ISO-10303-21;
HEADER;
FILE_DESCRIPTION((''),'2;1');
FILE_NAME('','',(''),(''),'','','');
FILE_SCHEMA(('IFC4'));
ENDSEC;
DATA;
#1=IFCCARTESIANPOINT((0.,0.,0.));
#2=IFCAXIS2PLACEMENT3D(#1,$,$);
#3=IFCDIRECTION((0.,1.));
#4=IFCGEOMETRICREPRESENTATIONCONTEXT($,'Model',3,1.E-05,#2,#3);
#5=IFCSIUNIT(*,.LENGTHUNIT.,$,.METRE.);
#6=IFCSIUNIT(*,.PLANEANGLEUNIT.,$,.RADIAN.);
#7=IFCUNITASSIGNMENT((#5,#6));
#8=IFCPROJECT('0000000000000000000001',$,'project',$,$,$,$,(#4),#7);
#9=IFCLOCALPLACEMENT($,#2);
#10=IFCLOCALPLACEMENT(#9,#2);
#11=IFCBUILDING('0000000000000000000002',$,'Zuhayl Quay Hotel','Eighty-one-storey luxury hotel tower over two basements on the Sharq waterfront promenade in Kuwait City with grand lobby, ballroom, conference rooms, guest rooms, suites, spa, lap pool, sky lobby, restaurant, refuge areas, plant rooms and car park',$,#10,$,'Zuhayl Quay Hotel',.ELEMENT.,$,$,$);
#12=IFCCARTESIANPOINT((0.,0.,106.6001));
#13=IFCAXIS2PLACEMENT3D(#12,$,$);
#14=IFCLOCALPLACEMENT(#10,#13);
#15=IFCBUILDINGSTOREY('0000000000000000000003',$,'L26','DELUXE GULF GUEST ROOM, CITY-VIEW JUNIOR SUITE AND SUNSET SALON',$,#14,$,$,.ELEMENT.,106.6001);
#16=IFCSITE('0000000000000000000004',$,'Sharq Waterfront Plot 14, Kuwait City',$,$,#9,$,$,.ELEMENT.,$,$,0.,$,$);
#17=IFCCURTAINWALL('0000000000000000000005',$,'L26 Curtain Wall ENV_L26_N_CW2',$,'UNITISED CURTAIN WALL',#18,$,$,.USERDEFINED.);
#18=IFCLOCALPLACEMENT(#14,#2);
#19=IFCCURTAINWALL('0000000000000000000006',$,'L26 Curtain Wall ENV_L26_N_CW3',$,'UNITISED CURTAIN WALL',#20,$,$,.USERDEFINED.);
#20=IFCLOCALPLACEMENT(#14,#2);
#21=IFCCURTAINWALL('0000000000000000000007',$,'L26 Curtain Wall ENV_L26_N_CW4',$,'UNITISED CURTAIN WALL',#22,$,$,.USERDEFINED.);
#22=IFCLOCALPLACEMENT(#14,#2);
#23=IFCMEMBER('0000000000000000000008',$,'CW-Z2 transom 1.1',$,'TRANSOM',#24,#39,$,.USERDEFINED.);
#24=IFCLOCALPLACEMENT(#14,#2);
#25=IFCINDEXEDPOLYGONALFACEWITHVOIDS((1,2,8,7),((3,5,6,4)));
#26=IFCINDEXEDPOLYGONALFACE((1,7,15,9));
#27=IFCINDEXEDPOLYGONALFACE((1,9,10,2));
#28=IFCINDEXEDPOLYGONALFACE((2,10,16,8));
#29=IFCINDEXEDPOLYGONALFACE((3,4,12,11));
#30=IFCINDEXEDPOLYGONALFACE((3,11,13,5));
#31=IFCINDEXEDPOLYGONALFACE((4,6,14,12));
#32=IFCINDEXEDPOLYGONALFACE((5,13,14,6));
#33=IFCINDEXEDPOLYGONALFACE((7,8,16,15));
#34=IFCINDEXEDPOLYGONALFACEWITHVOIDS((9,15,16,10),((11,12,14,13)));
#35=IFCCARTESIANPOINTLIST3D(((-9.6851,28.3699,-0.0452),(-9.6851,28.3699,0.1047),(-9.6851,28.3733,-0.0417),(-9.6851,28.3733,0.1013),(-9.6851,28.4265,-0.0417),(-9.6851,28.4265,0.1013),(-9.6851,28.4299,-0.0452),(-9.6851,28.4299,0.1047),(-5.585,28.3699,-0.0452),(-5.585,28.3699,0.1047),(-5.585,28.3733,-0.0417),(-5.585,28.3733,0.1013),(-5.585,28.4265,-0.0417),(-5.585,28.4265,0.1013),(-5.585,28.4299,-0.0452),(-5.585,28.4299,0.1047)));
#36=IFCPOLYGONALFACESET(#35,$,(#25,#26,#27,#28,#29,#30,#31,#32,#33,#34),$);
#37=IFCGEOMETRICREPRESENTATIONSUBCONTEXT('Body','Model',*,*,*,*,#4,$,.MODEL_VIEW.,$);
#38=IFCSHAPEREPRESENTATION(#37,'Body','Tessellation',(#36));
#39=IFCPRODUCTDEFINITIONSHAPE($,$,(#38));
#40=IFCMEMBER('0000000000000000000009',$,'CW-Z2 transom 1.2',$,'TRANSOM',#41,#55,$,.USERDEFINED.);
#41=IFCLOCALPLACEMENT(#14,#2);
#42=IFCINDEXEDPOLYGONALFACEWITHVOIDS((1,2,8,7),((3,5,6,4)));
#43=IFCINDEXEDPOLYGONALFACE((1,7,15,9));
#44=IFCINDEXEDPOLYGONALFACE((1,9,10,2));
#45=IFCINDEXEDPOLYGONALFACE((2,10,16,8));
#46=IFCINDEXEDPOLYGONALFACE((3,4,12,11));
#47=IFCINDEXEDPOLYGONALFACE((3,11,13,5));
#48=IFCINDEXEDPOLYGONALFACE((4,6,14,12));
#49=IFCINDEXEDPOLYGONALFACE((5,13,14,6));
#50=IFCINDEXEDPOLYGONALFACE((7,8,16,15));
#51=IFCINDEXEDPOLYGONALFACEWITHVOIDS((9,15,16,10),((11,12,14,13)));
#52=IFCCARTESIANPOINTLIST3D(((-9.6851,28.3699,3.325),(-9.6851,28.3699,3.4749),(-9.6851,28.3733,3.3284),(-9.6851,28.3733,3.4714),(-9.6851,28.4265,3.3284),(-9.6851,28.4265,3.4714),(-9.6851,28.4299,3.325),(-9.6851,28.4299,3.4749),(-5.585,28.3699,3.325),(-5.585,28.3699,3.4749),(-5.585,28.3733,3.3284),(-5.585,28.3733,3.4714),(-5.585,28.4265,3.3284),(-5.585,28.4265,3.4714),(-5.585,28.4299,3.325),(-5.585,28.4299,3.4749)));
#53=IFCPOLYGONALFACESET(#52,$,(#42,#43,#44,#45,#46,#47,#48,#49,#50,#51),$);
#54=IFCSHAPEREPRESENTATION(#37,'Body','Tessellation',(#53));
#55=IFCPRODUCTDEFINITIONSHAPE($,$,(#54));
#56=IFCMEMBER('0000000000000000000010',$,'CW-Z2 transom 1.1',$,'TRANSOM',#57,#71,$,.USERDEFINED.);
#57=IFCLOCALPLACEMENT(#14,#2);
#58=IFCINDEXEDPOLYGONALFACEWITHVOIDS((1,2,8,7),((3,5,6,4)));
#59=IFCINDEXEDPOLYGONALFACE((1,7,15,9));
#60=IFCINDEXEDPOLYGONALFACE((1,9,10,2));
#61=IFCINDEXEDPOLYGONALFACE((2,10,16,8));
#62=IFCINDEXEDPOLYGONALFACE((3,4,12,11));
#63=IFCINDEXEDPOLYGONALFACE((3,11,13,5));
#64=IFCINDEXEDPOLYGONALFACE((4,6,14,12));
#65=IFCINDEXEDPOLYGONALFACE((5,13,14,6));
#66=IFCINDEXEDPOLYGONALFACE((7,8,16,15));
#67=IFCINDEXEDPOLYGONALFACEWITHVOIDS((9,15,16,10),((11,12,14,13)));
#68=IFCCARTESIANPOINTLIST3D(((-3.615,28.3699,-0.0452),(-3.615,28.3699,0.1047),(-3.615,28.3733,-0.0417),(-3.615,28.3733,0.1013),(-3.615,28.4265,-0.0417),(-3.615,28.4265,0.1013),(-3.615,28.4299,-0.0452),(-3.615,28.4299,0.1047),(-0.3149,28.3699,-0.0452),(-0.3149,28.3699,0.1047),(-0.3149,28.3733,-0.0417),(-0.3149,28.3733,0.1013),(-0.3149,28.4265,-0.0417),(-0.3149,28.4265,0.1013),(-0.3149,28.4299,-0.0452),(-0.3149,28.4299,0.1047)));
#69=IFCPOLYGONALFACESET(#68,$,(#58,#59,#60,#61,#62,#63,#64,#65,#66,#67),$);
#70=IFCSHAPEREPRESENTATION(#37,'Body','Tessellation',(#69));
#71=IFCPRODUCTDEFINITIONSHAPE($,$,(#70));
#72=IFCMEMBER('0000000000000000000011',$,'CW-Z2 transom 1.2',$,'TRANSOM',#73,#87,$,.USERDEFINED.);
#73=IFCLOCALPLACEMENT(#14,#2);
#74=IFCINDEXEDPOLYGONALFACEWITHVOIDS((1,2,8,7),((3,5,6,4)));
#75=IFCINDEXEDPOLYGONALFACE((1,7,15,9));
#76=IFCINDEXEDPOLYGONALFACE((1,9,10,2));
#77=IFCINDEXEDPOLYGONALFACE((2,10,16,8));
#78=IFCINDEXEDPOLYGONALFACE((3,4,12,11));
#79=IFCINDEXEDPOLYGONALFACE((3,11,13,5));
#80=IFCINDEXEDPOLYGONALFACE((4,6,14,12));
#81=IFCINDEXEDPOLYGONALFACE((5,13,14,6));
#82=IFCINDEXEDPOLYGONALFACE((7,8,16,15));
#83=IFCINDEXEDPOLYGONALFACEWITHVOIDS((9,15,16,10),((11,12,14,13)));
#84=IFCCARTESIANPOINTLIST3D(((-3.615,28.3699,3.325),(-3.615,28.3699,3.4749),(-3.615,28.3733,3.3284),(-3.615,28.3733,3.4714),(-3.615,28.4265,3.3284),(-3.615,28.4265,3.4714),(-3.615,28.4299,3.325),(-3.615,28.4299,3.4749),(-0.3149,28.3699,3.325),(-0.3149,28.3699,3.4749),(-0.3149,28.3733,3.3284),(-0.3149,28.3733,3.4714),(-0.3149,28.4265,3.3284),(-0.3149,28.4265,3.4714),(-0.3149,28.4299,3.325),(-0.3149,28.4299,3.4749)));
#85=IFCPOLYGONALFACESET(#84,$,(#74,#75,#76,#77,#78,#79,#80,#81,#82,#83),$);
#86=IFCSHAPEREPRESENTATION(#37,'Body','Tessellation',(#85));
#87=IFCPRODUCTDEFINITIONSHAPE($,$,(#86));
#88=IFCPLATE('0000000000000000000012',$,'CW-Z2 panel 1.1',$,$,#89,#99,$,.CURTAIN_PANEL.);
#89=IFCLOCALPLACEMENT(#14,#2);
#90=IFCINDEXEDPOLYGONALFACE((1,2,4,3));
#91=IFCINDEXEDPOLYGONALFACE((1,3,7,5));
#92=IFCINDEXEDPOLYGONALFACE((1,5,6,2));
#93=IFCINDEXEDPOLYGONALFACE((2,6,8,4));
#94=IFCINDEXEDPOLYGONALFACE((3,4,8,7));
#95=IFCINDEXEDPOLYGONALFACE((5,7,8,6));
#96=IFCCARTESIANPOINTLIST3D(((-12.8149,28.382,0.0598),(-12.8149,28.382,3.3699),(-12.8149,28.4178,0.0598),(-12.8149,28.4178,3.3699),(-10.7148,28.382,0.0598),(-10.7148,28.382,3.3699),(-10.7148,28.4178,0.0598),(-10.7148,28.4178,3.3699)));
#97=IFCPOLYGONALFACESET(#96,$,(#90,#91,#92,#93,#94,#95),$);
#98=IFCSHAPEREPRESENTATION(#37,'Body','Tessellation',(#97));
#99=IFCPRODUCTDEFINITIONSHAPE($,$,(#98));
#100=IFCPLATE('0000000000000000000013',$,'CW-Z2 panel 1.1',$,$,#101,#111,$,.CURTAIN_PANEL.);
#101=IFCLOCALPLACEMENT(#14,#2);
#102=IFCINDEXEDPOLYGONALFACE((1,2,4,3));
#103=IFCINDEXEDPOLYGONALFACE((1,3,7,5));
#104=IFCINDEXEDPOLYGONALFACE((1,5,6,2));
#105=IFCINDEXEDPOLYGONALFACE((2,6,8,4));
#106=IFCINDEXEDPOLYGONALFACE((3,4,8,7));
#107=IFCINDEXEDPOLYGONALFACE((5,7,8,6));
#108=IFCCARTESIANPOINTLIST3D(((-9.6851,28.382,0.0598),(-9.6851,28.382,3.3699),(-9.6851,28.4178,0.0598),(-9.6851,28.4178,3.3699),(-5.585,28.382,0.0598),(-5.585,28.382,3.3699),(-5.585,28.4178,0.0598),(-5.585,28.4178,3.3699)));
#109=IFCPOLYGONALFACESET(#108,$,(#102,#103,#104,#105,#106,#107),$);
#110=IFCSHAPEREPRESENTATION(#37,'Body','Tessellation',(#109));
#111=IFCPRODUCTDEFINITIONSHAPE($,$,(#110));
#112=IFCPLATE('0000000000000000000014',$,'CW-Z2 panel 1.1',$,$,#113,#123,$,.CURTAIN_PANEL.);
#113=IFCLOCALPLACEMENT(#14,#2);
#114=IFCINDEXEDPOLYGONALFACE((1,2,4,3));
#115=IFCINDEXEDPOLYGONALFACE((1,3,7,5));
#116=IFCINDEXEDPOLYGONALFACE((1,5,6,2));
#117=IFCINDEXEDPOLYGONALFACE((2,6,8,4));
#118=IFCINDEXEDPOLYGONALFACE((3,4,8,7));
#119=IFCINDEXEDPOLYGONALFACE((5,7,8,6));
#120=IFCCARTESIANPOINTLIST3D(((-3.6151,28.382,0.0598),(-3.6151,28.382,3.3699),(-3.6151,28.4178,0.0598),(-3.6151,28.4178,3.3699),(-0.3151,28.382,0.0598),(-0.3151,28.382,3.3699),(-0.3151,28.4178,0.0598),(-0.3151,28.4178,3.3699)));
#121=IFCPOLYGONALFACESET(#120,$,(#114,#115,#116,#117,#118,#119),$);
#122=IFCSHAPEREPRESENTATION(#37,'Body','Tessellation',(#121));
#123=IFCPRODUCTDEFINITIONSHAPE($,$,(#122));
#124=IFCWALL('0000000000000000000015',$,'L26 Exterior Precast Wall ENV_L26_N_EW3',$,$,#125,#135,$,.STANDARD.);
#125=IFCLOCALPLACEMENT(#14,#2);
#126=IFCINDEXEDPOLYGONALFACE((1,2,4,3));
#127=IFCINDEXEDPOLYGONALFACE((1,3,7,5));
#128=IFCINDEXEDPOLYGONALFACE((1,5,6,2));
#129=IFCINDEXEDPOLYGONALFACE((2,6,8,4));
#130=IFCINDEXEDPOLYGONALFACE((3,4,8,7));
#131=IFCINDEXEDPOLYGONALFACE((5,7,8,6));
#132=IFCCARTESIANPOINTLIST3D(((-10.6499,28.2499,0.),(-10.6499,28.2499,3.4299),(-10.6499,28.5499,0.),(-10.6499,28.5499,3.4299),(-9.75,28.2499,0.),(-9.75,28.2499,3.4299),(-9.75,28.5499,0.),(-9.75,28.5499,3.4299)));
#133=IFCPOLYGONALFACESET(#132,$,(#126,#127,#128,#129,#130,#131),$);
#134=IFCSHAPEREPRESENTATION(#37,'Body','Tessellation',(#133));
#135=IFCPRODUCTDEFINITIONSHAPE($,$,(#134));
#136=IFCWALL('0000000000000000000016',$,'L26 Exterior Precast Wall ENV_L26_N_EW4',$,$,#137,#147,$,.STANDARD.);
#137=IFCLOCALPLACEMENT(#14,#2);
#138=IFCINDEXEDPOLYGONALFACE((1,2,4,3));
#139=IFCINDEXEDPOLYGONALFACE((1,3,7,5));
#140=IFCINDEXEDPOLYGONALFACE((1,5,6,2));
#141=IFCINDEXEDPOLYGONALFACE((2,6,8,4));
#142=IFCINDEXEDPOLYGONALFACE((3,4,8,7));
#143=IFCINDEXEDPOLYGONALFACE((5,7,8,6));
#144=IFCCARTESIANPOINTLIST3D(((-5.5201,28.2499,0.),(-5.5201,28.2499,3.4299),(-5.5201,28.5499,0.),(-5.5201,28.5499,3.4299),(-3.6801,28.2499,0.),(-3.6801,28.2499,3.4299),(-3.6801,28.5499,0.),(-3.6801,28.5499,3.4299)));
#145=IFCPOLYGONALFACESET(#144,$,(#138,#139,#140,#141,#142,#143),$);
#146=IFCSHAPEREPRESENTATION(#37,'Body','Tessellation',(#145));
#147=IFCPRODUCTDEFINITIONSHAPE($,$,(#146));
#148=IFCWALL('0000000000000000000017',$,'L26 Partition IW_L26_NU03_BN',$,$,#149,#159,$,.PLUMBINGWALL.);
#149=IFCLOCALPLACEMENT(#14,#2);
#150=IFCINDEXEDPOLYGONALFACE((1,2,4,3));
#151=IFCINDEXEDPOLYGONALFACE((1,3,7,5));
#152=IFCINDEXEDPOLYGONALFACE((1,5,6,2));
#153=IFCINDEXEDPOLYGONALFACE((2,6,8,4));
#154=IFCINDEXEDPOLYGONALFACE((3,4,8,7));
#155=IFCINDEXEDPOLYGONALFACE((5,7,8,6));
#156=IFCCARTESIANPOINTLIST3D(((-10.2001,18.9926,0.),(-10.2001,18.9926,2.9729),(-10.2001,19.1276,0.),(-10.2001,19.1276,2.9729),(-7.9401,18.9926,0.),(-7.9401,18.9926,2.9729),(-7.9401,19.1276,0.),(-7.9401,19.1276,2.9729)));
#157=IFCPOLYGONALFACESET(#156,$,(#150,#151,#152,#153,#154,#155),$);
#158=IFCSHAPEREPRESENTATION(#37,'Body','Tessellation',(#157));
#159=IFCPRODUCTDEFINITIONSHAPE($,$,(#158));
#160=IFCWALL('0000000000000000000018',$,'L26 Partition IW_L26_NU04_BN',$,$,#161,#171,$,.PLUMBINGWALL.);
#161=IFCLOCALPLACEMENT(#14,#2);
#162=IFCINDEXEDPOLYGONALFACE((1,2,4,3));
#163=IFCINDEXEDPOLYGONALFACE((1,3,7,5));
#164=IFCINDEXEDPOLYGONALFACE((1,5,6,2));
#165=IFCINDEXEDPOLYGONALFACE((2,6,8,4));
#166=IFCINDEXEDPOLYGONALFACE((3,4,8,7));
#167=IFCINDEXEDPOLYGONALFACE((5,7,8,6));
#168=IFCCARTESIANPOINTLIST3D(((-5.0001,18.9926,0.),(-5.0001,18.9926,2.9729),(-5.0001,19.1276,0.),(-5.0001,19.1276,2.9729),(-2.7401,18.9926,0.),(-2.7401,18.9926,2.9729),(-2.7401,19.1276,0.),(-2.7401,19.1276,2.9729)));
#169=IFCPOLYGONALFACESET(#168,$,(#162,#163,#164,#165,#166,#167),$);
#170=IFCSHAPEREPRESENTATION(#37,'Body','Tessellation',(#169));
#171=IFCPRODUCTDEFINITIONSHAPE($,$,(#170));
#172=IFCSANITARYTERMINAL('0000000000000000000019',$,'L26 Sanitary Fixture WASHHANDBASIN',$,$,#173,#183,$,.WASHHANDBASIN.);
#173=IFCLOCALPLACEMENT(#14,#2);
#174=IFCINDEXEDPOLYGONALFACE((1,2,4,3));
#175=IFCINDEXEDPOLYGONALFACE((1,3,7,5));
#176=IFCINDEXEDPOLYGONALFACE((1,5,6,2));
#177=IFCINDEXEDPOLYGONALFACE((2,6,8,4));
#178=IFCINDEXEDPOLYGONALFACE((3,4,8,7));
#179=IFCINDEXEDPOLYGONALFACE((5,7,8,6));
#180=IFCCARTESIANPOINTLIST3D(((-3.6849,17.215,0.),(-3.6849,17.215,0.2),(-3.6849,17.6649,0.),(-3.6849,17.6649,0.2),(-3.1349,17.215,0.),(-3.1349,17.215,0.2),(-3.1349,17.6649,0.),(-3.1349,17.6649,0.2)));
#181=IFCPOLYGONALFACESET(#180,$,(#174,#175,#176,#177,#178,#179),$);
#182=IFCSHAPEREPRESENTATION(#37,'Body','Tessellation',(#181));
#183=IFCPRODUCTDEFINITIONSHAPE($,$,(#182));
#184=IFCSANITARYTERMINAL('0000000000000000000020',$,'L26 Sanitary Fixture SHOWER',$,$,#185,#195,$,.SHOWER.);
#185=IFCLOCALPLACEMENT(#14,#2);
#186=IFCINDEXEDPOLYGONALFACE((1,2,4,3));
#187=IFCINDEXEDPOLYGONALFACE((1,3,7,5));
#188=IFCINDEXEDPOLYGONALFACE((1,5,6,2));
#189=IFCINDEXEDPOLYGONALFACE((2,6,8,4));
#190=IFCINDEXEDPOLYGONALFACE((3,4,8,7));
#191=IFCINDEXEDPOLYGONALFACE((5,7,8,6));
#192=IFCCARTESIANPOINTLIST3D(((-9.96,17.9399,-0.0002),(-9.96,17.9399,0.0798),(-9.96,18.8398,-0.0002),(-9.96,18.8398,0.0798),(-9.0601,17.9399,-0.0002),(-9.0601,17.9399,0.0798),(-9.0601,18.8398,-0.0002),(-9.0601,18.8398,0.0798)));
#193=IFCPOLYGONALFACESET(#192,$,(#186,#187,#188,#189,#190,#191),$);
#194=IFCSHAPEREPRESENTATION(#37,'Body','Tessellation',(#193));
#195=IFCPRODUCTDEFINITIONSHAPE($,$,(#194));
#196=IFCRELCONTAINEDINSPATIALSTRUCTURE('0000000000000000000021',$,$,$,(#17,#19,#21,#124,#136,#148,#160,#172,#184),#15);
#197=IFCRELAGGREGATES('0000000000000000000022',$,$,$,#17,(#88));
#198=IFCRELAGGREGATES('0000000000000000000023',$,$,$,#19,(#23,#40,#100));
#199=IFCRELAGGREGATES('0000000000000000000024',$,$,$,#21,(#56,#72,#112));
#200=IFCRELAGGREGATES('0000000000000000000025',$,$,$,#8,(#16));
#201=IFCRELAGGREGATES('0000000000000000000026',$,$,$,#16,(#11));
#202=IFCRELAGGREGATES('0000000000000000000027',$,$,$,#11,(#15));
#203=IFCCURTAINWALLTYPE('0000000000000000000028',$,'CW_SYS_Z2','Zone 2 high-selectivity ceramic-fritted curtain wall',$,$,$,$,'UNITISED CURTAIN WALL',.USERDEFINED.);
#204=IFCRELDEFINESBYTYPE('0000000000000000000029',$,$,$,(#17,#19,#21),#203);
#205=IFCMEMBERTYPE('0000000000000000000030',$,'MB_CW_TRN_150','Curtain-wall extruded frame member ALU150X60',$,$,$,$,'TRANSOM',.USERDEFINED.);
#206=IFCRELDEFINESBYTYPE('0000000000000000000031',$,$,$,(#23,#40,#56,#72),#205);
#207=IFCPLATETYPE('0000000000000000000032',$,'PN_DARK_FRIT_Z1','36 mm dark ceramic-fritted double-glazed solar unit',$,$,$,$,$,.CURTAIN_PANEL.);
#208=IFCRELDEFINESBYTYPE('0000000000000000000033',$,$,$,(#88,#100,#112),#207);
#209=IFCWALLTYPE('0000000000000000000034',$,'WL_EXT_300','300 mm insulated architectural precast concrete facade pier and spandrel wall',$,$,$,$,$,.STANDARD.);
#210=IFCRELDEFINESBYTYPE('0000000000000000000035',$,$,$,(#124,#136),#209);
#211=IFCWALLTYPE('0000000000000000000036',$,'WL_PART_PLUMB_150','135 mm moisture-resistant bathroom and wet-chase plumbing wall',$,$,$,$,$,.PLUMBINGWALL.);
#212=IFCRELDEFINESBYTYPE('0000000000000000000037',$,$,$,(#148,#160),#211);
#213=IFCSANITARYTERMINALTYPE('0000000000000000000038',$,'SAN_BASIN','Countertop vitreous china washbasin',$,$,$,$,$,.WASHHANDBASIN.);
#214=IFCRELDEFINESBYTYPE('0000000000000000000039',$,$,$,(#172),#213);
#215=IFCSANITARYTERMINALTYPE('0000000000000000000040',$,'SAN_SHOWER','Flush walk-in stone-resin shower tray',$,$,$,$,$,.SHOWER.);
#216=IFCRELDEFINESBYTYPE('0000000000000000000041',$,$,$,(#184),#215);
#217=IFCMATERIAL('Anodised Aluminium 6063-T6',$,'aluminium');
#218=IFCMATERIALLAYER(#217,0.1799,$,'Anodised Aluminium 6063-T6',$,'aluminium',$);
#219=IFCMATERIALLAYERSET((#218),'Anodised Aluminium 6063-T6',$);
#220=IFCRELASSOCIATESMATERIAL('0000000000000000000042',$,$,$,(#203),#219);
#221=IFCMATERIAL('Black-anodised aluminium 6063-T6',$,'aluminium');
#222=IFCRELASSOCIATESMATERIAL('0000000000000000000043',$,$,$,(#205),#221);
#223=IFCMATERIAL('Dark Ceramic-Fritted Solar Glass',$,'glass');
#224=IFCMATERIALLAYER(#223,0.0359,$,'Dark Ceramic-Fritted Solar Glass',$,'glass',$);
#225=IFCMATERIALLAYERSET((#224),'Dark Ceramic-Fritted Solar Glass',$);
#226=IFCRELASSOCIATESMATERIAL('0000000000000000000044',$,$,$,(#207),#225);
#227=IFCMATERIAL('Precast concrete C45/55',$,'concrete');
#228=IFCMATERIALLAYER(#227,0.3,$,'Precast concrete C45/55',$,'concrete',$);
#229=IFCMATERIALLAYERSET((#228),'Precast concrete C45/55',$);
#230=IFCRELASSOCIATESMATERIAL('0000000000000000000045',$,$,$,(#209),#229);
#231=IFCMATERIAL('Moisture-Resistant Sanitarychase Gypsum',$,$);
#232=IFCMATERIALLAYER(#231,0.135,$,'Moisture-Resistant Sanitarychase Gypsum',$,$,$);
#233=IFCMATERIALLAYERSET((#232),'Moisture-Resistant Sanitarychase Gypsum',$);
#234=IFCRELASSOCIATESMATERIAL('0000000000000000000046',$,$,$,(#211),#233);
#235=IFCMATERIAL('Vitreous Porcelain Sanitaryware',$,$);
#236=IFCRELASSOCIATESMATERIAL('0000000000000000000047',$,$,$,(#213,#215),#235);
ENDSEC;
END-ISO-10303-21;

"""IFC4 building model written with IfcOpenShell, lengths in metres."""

from ifc_helpers import new_model, si_unit, direction, frame, frame_2d, origin, origin_2d, place, context, subcontext, project, spatial, rectangle, hollow_rectangle, extrude, material, layer, layer_set, material_profile, profile_set, type_object, element, aggregate, save


model = new_model("IFC4")

# Units and contexts
model_context = context("Model", 3, precision=1e-05, world=origin(), true_north=direction((0.0, 1.0)))
body_context = subcontext(model_context, "Body", "Model", "MODEL_VIEW")
ifc_project = project(units=[si_unit("LENGTHUNIT", "METRE"), si_unit("PLANEANGLEUNIT", "RADIAN")], contexts=[model_context])

# Site, building, storey
site_placement = place(None, origin())
site = spatial("IfcSite", under=ifc_project, at=site_placement, Name="Sharq Waterfront Plot 14, Kuwait City", CompositionType="ELEMENT", RefElevation=0.0)
building_placement = place(site_placement, origin())
building = spatial("IfcBuilding", under=site, at=building_placement, Name="Zuhayl Quay Hotel", Description="Eighty-one-storey luxury hotel tower over two basements on the Sharq waterfront promenade in Kuwait City with grand lobby, ballroom, conference rooms, guest rooms, suites, spa, lap pool, sky lobby, restaurant, refuge areas, plant rooms and car park", LongName="Zuhayl Quay Hotel", CompositionType="ELEMENT")
storey_placement = place(building_placement, frame((0.0, 0.0, 106.6001)))
storey = spatial("IfcBuildingStorey", under=building, at=storey_placement, Name="L26", Description="DELUXE GULF GUEST ROOM, CITY-VIEW JUNIOR SUITE AND SUNSET SALON", CompositionType="ELEMENT", Elevation=106.6001)

# Curtain wall
ifc_material_1 = material(Name="Anodised Aluminium 6063-T6", Category="aluminium")
ifc_layer_1 = layer(ifc_material_1, 0.1799, Name="Anodised Aluminium 6063-T6", Category="aluminium")
ifc_layer_set_1 = layer_set([ifc_layer_1], Name="Anodised Aluminium 6063-T6")
curtain_wall_type = type_object("IfcCurtainWallType", Name="CW_SYS_Z2", Description="Zone 2 high-selectivity ceramic-fritted curtain wall", ElementType="UNITISED CURTAIN WALL", PredefinedType="USERDEFINED", material=ifc_layer_set_1)
curtain_wall_1_placement = place(storey_placement, origin())
curtain_wall_1 = element("IfcCurtainWall", 1, at=curtain_wall_1_placement, inside=storey, type_object=curtain_wall_type, Name="L26 Curtain Wall ENV_L26_N_CW2", ObjectType="UNITISED CURTAIN WALL", PredefinedType="USERDEFINED")
ifc_material_2 = material(Name="Black-anodised aluminium 6063-T6", Category="aluminium")

# Curtain wall
curtain_wall_2_placement = place(storey_placement, origin())
curtain_wall_2 = element("IfcCurtainWall", 2, at=curtain_wall_2_placement, inside=storey, type_object=curtain_wall_type, Name="L26 Curtain Wall ENV_L26_N_CW3", ObjectType="UNITISED CURTAIN WALL", PredefinedType="USERDEFINED")

# Curtain wall
curtain_wall_3_placement = place(storey_placement, origin())
curtain_wall_3 = element("IfcCurtainWall", 3, at=curtain_wall_3_placement, inside=storey, type_object=curtain_wall_type, Name="L26 Curtain Wall ENV_L26_N_CW4", ObjectType="UNITISED CURTAIN WALL", PredefinedType="USERDEFINED")

# Members
ifc_material_profile_1 = material_profile(ifc_material_2, hollow_rectangle(XDim=0.0601, YDim=0.1499, WallThickness=0.0034, at=origin_2d()), Name="ALU150X60")
ifc_profile_set_1 = profile_set([ifc_material_profile_1], Name="Black-anodised aluminium 6063-T6")
member_type_1 = type_object("IfcMemberType", Name="MB_CW_TRN_150", Description="Curtain-wall extruded frame member ALU150X60", ElementType="TRANSOM", PredefinedType="USERDEFINED", material=ifc_profile_set_1)
member_1_placement = place(storey_placement, frame((-9.6851, 28.3999, 0.0298), z_axis=(1.0, 0.0, 0.0), x_axis=(0.0, 1.0, 0.0)))
member_1 = element("IfcMember", 4, at=member_1_placement, type_object=member_type_1, Name="CW-Z2 transom 1.1", ObjectType="TRANSOM", PredefinedType="USERDEFINED", context=body_context, shape_type="SweptSolid", body=[
    extrude(hollow_rectangle(XDim=0.0601, YDim=0.1499, WallThickness=0.0034, at=origin_2d()), origin(), (0.0, 0.0, 1.0), 4.1001),
])
member_2_placement = place(storey_placement, frame((-9.6851, 28.3999, 3.3999), z_axis=(1.0, 0.0, 0.0), x_axis=(0.0, 1.0, 0.0)))
member_2 = element("IfcMember", 5, at=member_2_placement, type_object=member_type_1, Name="CW-Z2 transom 1.2", ObjectType="TRANSOM", PredefinedType="USERDEFINED", context=body_context, shape_type="SweptSolid", body=[
    extrude(hollow_rectangle(XDim=0.0601, YDim=0.1499, WallThickness=0.0034, at=origin_2d()), origin(), (0.0, 0.0, 1.0), 4.1001),
])
member_3_placement = place(storey_placement, frame((-3.615, 28.3999, 0.0298), z_axis=(1.0, 0.0, 0.0), x_axis=(0.0, 1.0, 0.0)))
member_3 = element("IfcMember", 6, at=member_3_placement, type_object=member_type_1, Name="CW-Z2 transom 1.1", ObjectType="TRANSOM", PredefinedType="USERDEFINED", context=body_context, shape_type="SweptSolid", body=[
    extrude(hollow_rectangle(XDim=0.0601, YDim=0.1499, WallThickness=0.0034, at=origin_2d()), origin(), (0.0, 0.0, 1.0), 3.3),
])
member_4_placement = place(storey_placement, frame((-3.615, 28.3999, 3.3999), z_axis=(1.0, 0.0, 0.0), x_axis=(0.0, 1.0, 0.0)))
member_4 = element("IfcMember", 7, at=member_4_placement, type_object=member_type_1, Name="CW-Z2 transom 1.2", ObjectType="TRANSOM", PredefinedType="USERDEFINED", context=body_context, shape_type="SweptSolid", body=[
    extrude(hollow_rectangle(XDim=0.0601, YDim=0.1499, WallThickness=0.0034, at=origin_2d()), origin(), (0.0, 0.0, 1.0), 3.3),
])

# Plates
ifc_material_3 = material(Name="Dark Ceramic-Fritted Solar Glass", Category="glass")
ifc_layer_2 = layer(ifc_material_3, 0.0359, Name="Dark Ceramic-Fritted Solar Glass", Category="glass")
ifc_layer_set_2 = layer_set([ifc_layer_2], Name="Dark Ceramic-Fritted Solar Glass")
plate_type = type_object("IfcPlateType", Name="PN_DARK_FRIT_Z1", Description="36 mm dark ceramic-fritted double-glazed solar unit", PredefinedType="CURTAIN_PANEL", material=ifc_layer_set_2)
plate_1_placement = place(storey_placement, frame((-11.7649, 28.3999, 0.0598), z_axis=(0.0, 0.0, 1.0), x_axis=(1.0, 0.0, 0.0)))
plate_1 = element("IfcPlate", 8, at=plate_1_placement, type_object=plate_type, Name="CW-Z2 panel 1.1", PredefinedType="CURTAIN_PANEL", context=body_context, shape_type="SweptSolid", body=[
    extrude(rectangle(XDim=2.1001, YDim=0.0359, at=origin_2d()), origin(), (0.0, 0.0, 1.0), 3.3101),
])
aggregate(curtain_wall_1, [plate_1])
plate_2_placement = place(storey_placement, frame((-7.635, 28.3999, 0.0598), z_axis=(0.0, 0.0, 1.0), x_axis=(1.0, 0.0, 0.0)))
plate_2 = element("IfcPlate", 9, at=plate_2_placement, type_object=plate_type, Name="CW-Z2 panel 1.1", PredefinedType="CURTAIN_PANEL", context=body_context, shape_type="SweptSolid", body=[
    extrude(rectangle(XDim=4.1001, YDim=0.0359, at=origin_2d()), origin(), (0.0, 0.0, 1.0), 3.3101),
])
aggregate(curtain_wall_2, [member_1, member_2, plate_2])
plate_3_placement = place(storey_placement, frame((-1.9651, 28.3999, 0.0598), z_axis=(0.0, 0.0, 1.0), x_axis=(1.0, 0.0, 0.0)))
plate_3 = element("IfcPlate", 10, at=plate_3_placement, type_object=plate_type, Name="CW-Z2 panel 1.1", PredefinedType="CURTAIN_PANEL", context=body_context, shape_type="SweptSolid", body=[
    extrude(rectangle(XDim=3.3, YDim=0.0359, at=origin_2d()), origin(), (0.0, 0.0, 1.0), 3.3101),
])
aggregate(curtain_wall_3, [member_3, member_4, plate_3])

# Walls
ifc_material_4 = material(Name="Precast concrete C45/55", Category="concrete")
ifc_layer_3 = layer(ifc_material_4, 0.3, Name="Precast concrete C45/55", Category="concrete")
ifc_layer_set_3 = layer_set([ifc_layer_3], Name="Precast concrete C45/55")
wall_type_1 = type_object("IfcWallType", Name="WL_EXT_300", Description="300 mm insulated architectural precast concrete facade pier and spandrel wall", PredefinedType="STANDARD", material=ifc_layer_set_3)
wall_1_placement = place(storey_placement, frame((-10.6499, 28.3999, 0.0), z_axis=(0.0, 0.0, 1.0), x_axis=(1.0, 0.0, 0.0)))
element("IfcWall", 11, at=wall_1_placement, inside=storey, type_object=wall_type_1, Name="L26 Exterior Precast Wall ENV_L26_N_EW3", PredefinedType="STANDARD", context=body_context, shape_type="SweptSolid", body=[
    extrude(rectangle(XDim=0.8999, YDim=0.3, at=frame_2d((0.45, 0.0))), origin(), (0.0, 0.0, 1.0), 3.4299),
])
wall_2_placement = place(storey_placement, frame((-5.52, 28.3999, 0.0), z_axis=(0.0, 0.0, 1.0), x_axis=(1.0, 0.0, 0.0)))
element("IfcWall", 12, at=wall_2_placement, inside=storey, type_object=wall_type_1, Name="L26 Exterior Precast Wall ENV_L26_N_EW4", PredefinedType="STANDARD", context=body_context, shape_type="SweptSolid", body=[
    extrude(rectangle(XDim=1.8401, YDim=0.3, at=frame_2d((0.9199, 0.0))), origin(), (0.0, 0.0, 1.0), 3.4299),
])
ifc_material_5 = material(Name="Moisture-Resistant Sanitarychase Gypsum")
ifc_layer_4 = layer(ifc_material_5, 0.135, Name="Moisture-Resistant Sanitarychase Gypsum")
ifc_layer_set_4 = layer_set([ifc_layer_4], Name="Moisture-Resistant Sanitarychase Gypsum")
wall_type_2 = type_object("IfcWallType", Name="WL_PART_PLUMB_150", Description="135 mm moisture-resistant bathroom and wet-chase plumbing wall", PredefinedType="PLUMBINGWALL", material=ifc_layer_set_4)
for number, where, z_axis, x_axis, name in (
    (13, (-10.2, 19.0601, 0.0), (0.0, 0.0, 1.0), (1.0, 0.0, 0.0), "L26 Partition IW_L26_NU03_BN"),
    (14, (-5.0, 19.0601, 0.0), (0.0, 0.0, 1.0), (1.0, 0.0, 0.0), "L26 Partition IW_L26_NU04_BN"),
):
    element("IfcWall", number, at=place(storey_placement, frame(where, z_axis=z_axis, x_axis=x_axis)), inside=storey, type_object=wall_type_2, Name=name, PredefinedType="PLUMBINGWALL", context=body_context, shape_type="SweptSolid", body=[
        extrude(rectangle(XDim=2.26, YDim=0.135, at=frame_2d((1.1299, 0.0))), origin(), (0.0, 0.0, 1.0), 2.9729),
    ])

# Sanitary terminals
ifc_material_6 = material(Name="Vitreous Porcelain Sanitaryware")
sanitary_terminal_type_1 = type_object("IfcSanitaryTerminalType", Name="SAN_BASIN", Description="Countertop vitreous china washbasin", PredefinedType="WASHHANDBASIN", material=ifc_material_6)
sanitary_terminal_placement = place(storey_placement, frame((-3.4099, 17.4399, 0.0), z_axis=(0.0, 0.0, 1.0), x_axis=(1.0, 0.0, 0.0)))
element("IfcSanitaryTerminal", 15, at=sanitary_terminal_placement, inside=storey, type_object=sanitary_terminal_type_1, Name="L26 Sanitary Fixture WASHHANDBASIN", PredefinedType="WASHHANDBASIN", context=body_context, shape_type="SweptSolid", body=[
    extrude(rectangle(XDim=0.55, YDim=0.45, at=origin_2d()), origin(), (0.0, 0.0, 1.0), 0.2),
])
sanitary_terminal_type_2 = type_object("IfcSanitaryTerminalType", Name="SAN_SHOWER", Description="Flush walk-in stone-resin shower tray", PredefinedType="SHOWER", material=ifc_material_6)
for number, where, z_axis, x_axis, name in (
    (16, (-9.51, 18.3899, -0.0002), (0.0, 0.0, 1.0), (1.0, 0.0, 0.0), "L26 Sanitary Fixture SHOWER"),
):
    element("IfcSanitaryTerminal", number, at=place(storey_placement, frame(where, z_axis=z_axis, x_axis=x_axis)), inside=storey, type_object=sanitary_terminal_type_2, Name=name, PredefinedType="SHOWER", context=body_context, shape_type="SweptSolid", body=[
        extrude(rectangle(XDim=0.8999, YDim=0.8999, at=origin_2d()), origin(), (0.0, 0.0, 1.0), 0.0801),
    ])

save(model, "model.ifc")
